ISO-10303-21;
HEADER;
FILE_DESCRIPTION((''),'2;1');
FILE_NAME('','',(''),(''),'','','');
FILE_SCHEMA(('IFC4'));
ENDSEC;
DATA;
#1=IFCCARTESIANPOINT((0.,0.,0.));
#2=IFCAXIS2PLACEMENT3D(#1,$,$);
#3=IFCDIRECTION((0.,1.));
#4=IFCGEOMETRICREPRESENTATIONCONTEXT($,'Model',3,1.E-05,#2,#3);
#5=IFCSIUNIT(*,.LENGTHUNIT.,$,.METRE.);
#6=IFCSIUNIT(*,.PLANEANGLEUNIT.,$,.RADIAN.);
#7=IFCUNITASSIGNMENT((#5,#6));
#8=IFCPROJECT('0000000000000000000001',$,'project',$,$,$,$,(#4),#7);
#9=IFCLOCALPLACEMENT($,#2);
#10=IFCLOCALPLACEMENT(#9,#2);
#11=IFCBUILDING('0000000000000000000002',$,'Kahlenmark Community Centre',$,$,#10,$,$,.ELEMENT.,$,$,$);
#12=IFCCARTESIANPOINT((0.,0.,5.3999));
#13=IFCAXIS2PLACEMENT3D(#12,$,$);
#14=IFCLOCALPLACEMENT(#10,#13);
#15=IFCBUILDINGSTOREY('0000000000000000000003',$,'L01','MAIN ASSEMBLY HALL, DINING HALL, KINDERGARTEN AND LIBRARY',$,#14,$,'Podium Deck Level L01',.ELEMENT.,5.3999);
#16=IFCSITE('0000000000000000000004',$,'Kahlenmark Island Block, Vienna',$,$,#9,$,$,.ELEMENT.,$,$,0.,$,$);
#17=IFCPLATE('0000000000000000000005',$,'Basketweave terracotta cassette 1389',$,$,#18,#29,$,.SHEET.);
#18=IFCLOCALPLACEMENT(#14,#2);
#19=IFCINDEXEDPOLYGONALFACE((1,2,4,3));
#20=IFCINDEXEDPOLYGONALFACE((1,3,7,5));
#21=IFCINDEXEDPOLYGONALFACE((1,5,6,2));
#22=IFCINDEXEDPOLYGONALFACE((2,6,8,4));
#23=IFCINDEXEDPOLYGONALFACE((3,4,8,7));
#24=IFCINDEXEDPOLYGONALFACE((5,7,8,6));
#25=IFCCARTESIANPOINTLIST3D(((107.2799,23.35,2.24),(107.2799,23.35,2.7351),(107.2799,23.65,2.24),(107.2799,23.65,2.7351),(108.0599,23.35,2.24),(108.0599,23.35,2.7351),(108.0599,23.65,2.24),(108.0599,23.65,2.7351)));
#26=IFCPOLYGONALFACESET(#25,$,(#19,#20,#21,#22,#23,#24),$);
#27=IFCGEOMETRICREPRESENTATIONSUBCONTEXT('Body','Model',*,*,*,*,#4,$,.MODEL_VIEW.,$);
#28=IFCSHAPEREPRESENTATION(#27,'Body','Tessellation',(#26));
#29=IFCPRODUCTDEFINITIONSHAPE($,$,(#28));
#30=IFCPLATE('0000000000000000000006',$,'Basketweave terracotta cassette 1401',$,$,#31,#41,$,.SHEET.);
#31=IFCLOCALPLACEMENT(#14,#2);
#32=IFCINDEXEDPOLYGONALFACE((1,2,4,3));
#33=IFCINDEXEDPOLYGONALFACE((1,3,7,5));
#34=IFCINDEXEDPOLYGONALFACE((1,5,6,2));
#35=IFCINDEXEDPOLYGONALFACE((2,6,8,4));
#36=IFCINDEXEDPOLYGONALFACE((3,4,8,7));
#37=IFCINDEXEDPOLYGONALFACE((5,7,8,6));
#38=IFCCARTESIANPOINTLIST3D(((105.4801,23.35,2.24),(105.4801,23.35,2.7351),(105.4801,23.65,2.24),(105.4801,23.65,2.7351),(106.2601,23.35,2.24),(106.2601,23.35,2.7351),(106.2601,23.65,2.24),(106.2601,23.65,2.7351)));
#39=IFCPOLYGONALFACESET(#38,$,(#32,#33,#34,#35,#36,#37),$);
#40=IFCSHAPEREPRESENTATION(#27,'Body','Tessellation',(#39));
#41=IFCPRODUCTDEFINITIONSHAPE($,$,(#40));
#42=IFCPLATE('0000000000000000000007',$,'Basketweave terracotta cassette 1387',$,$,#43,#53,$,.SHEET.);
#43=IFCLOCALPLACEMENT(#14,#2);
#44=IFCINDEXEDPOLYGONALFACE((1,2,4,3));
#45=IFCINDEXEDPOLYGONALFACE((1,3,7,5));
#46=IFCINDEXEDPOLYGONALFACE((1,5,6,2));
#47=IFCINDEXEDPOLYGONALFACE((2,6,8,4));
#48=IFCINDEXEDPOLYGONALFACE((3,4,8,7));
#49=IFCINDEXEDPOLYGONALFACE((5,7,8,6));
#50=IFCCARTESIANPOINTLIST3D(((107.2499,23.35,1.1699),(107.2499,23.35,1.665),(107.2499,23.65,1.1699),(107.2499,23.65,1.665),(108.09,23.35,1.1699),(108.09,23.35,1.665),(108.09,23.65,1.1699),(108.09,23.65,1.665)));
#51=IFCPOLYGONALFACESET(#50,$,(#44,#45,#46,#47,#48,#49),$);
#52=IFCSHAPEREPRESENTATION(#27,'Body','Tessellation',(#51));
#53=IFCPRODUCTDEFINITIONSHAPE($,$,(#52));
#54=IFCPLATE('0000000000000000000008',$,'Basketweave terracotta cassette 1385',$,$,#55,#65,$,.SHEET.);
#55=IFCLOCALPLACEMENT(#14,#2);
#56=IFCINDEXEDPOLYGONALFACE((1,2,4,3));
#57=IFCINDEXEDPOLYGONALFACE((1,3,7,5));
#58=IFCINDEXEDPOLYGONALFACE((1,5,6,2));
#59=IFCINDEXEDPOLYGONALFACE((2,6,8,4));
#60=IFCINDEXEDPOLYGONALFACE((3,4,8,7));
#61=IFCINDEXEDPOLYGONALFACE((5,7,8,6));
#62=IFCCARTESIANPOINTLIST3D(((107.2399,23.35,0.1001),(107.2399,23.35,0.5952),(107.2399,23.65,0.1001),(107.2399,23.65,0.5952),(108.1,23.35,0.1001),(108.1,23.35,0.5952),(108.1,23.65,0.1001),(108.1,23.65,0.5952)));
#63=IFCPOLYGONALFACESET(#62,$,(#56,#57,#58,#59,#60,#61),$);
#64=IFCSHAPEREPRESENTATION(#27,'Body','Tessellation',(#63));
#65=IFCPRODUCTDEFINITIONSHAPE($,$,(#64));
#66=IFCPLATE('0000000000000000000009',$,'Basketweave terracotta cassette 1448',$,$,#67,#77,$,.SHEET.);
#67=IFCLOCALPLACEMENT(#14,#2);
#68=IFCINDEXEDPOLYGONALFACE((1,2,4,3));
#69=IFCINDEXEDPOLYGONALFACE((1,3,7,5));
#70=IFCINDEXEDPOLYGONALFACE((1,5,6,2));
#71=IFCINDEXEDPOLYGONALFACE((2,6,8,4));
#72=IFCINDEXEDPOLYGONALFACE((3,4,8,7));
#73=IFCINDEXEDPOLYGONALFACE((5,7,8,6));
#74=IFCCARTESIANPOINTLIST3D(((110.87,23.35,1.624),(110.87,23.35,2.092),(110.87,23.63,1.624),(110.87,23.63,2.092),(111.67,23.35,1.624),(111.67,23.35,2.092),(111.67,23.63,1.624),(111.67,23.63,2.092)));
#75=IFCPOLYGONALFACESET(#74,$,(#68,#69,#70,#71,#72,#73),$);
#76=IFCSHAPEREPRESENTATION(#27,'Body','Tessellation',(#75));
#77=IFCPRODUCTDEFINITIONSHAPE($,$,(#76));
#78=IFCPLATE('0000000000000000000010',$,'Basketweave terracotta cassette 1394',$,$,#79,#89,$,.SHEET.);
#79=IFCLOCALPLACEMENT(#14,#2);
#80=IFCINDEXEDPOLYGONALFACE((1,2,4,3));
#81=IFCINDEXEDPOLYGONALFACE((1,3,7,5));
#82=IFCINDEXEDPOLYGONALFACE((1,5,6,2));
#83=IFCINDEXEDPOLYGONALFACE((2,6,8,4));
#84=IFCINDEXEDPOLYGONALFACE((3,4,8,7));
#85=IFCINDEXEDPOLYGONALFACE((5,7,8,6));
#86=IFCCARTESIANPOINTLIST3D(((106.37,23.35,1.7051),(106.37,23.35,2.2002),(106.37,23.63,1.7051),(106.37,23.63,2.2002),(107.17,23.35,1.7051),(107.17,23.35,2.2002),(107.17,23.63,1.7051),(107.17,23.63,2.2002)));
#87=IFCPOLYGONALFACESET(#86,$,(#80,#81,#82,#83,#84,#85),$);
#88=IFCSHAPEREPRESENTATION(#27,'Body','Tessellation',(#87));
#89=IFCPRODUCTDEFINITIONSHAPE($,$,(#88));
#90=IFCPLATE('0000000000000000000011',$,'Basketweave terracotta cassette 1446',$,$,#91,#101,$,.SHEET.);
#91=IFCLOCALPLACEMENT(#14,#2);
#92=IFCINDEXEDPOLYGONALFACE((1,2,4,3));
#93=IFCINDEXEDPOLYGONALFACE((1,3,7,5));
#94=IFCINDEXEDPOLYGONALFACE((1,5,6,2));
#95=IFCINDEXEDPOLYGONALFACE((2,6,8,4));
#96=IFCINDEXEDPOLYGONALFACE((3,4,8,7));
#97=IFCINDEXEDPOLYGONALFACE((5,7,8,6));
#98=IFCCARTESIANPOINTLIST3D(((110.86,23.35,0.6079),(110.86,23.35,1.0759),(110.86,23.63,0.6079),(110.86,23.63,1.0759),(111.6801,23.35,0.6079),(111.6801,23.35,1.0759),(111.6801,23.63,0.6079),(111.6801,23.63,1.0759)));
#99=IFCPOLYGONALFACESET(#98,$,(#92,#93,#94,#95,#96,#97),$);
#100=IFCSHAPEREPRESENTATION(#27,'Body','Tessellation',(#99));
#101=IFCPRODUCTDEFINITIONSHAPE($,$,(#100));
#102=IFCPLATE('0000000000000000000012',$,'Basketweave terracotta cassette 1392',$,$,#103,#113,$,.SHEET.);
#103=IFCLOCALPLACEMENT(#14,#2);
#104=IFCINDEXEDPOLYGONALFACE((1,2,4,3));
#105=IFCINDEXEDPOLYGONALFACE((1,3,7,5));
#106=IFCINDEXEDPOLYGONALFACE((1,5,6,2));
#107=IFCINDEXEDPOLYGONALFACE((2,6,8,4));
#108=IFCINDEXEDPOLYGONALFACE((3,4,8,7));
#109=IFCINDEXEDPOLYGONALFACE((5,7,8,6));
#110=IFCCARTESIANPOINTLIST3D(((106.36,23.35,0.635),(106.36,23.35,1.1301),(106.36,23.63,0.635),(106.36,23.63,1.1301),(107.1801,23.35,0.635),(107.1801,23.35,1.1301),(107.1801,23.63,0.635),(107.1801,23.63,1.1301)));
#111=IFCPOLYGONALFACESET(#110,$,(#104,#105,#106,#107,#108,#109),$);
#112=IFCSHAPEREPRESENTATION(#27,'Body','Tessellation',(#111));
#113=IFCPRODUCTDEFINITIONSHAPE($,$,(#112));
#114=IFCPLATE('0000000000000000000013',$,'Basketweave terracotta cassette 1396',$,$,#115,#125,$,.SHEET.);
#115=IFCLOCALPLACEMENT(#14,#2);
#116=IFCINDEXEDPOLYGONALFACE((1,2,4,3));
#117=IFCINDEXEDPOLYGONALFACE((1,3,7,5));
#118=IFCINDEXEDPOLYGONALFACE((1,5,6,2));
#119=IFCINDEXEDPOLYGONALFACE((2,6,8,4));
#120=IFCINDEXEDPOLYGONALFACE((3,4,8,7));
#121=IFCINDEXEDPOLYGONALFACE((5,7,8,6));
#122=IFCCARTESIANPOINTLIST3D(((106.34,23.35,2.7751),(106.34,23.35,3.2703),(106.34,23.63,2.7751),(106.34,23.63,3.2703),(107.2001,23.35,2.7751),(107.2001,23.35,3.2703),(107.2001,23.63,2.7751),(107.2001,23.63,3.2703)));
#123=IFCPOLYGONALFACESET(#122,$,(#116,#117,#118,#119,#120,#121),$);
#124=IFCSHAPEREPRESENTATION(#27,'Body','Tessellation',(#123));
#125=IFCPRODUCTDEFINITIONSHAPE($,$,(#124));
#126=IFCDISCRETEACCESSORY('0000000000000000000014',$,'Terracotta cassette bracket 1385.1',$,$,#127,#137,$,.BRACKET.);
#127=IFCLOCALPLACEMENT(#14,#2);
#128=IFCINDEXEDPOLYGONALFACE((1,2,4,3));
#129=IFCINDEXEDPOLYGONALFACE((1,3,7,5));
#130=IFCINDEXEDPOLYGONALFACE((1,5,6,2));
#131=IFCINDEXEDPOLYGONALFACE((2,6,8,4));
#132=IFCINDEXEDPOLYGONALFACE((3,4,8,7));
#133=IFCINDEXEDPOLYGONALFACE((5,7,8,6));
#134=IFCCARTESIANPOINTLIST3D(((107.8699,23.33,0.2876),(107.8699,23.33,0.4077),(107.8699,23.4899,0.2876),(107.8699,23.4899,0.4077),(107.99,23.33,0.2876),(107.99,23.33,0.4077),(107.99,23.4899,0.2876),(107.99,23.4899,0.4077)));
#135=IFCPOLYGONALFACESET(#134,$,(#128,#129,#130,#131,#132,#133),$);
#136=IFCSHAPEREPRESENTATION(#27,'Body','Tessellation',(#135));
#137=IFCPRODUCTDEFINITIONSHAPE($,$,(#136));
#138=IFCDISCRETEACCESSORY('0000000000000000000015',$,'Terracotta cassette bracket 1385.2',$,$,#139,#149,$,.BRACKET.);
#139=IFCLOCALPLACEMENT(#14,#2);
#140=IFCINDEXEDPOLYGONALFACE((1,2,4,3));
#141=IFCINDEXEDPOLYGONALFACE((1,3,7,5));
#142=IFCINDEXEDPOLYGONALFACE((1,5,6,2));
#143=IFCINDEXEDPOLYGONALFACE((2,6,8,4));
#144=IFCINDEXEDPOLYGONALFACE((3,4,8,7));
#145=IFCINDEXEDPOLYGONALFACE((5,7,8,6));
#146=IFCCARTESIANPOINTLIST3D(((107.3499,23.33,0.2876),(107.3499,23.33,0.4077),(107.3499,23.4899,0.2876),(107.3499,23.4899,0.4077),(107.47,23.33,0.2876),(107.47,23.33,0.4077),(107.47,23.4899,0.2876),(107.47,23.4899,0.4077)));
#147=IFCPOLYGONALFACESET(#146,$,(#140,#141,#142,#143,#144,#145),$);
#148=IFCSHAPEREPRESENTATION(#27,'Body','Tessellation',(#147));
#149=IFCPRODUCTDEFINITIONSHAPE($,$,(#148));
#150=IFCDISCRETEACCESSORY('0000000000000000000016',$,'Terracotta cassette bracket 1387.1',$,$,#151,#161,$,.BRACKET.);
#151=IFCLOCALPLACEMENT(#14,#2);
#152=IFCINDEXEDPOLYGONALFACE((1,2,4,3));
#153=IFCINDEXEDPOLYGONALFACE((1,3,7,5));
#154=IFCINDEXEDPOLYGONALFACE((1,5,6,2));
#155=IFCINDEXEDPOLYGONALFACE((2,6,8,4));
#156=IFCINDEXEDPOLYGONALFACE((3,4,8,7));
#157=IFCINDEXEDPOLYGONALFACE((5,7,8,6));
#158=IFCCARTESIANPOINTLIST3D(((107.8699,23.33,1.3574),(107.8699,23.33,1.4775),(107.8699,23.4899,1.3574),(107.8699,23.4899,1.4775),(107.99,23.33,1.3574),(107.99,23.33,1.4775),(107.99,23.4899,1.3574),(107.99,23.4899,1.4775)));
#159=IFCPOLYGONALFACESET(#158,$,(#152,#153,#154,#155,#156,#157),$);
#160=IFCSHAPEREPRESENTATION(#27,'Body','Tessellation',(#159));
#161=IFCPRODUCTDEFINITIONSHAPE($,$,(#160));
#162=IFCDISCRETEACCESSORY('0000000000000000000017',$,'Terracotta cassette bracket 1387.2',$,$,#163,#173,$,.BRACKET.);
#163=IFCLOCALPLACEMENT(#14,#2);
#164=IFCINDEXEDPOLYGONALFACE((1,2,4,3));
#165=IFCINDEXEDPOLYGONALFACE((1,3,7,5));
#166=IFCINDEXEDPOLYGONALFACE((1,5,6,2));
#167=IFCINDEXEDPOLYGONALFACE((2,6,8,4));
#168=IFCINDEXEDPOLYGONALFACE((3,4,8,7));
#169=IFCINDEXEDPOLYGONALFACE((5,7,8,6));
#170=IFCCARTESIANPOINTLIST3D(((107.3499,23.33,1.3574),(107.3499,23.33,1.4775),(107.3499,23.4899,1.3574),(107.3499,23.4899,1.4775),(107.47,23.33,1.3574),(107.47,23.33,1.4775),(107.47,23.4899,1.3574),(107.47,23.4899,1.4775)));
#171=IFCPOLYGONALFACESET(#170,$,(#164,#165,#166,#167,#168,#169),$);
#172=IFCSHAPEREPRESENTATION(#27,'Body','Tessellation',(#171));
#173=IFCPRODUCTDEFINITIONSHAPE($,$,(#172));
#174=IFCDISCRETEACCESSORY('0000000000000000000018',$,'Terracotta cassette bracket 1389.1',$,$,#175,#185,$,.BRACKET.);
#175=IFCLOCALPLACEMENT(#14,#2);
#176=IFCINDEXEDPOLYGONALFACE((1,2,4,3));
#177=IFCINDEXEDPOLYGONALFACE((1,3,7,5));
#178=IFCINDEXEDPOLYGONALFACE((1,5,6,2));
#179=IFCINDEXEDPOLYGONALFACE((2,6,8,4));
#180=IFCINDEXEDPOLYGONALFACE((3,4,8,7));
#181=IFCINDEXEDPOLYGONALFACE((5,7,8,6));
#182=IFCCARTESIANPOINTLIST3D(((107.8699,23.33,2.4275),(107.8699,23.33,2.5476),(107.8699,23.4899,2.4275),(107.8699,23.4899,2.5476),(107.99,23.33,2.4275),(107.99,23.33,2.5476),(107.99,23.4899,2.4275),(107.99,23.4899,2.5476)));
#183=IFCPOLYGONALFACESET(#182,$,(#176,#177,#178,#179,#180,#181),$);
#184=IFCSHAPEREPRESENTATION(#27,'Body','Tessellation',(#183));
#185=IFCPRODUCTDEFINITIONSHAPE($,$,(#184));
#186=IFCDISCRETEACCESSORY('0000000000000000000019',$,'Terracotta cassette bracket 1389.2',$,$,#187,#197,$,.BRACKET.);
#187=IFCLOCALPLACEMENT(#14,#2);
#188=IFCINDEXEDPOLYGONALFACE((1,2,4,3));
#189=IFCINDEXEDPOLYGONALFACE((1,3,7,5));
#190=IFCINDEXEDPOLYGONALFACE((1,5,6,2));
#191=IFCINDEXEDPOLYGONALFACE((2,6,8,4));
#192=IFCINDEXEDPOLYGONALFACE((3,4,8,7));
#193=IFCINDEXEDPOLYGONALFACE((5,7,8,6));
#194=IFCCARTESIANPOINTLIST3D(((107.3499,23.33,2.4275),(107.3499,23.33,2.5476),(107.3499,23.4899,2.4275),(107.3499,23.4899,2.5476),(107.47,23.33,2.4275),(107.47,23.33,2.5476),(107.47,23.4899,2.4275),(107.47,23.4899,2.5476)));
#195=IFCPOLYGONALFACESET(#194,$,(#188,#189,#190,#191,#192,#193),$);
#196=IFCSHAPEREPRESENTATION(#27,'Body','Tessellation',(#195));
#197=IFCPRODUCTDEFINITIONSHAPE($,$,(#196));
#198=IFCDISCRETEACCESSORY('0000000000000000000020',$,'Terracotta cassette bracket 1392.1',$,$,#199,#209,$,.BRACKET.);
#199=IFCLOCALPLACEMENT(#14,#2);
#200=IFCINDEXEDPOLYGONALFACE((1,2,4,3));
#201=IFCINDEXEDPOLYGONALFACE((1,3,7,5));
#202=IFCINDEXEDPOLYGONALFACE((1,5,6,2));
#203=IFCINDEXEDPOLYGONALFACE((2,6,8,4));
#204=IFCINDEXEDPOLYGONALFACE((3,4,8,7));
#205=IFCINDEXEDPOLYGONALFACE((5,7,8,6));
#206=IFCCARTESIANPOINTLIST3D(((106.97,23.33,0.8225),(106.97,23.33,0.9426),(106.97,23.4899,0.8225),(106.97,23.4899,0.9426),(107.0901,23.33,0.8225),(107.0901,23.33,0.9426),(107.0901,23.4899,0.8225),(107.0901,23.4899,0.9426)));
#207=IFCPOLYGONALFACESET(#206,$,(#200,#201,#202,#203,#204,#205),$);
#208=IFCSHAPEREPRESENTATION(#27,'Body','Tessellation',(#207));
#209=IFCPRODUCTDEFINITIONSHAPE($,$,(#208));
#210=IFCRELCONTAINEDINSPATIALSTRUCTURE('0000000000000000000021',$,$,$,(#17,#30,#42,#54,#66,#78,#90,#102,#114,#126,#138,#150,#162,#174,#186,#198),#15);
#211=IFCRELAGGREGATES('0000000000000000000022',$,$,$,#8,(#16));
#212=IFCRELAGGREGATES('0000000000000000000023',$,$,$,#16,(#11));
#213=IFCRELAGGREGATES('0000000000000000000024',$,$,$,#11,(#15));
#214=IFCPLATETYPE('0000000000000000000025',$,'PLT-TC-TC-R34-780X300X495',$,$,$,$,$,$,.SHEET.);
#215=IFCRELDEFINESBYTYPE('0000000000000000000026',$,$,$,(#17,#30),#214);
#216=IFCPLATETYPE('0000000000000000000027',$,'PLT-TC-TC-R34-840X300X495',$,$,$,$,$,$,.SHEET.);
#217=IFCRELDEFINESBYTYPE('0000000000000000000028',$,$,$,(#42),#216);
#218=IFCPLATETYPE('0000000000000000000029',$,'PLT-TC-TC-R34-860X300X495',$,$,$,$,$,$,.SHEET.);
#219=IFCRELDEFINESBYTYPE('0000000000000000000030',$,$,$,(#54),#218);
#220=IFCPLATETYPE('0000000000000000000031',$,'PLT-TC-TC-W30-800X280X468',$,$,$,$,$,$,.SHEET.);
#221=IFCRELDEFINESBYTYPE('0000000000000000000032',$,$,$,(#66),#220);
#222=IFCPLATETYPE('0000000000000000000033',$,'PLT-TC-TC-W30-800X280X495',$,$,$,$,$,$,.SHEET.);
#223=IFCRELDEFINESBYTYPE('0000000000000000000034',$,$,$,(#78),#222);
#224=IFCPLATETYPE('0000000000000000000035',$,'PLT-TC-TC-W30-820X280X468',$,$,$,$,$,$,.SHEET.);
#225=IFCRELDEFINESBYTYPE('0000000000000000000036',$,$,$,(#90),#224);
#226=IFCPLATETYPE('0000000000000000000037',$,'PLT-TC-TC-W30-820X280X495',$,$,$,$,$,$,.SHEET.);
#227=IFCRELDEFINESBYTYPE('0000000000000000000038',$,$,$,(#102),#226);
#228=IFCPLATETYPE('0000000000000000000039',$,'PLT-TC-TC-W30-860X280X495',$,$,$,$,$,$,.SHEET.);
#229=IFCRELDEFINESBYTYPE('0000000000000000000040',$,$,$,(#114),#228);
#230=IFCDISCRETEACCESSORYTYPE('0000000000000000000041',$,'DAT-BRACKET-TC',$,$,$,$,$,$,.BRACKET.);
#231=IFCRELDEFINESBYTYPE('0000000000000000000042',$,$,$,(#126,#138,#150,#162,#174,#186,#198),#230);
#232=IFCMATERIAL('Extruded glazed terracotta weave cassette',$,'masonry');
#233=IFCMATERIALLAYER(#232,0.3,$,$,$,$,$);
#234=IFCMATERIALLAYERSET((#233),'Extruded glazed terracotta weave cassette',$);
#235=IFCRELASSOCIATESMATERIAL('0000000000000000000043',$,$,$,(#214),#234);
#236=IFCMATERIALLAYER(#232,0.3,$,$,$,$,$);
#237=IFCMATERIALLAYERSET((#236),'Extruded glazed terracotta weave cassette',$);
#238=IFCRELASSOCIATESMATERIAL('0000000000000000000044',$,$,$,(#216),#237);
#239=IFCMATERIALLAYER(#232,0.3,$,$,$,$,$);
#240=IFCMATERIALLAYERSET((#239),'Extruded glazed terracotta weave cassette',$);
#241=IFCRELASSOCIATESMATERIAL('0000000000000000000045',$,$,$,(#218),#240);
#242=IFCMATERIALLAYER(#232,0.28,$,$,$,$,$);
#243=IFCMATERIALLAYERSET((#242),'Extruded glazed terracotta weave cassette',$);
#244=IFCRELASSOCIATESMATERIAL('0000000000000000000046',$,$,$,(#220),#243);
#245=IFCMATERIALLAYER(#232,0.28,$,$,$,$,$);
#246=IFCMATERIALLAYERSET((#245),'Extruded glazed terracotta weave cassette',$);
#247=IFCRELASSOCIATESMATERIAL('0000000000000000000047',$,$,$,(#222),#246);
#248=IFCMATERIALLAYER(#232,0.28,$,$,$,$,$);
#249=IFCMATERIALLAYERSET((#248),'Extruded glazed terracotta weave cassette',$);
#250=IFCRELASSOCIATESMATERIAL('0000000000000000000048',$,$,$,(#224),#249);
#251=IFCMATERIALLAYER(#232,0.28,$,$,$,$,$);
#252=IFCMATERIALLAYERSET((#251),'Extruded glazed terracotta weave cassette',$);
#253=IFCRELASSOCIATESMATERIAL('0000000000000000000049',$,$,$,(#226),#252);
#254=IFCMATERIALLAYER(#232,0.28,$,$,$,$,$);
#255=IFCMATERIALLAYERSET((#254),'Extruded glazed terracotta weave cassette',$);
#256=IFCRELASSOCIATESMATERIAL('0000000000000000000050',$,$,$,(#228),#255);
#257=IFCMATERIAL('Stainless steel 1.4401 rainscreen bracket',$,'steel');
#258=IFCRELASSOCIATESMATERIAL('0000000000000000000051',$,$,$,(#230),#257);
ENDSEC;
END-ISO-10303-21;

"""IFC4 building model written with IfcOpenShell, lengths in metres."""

from ifc_helpers import new_model, si_unit, direction, frame, origin, origin_2d, place, context, subcontext, project, spatial, rectangle, extrude, material, layer, layer_set, type_object, element, save


model = new_model("IFC4")

# Units and contexts
model_context = context("Model", 3, precision=1e-05, world=origin(), true_north=direction((0.0, 1.0)))
body_context = subcontext(model_context, "Body", "Model", "MODEL_VIEW")
ifc_project = project(units=[si_unit("LENGTHUNIT", "METRE"), si_unit("PLANEANGLEUNIT", "RADIAN")], contexts=[model_context])

# Site, building, storey
site_placement = place(None, origin())
site = spatial("IfcSite", under=ifc_project, at=site_placement, Name="Kahlenmark Island Block, Vienna", CompositionType="ELEMENT", RefElevation=0.0)
building_placement = place(site_placement, origin())
building = spatial("IfcBuilding", under=site, at=building_placement, Name="Kahlenmark Community Centre", CompositionType="ELEMENT")
storey_placement = place(building_placement, frame((0.0, 0.0, 5.3999)))
storey = spatial("IfcBuildingStorey", under=building, at=storey_placement, Name="L01", Description="MAIN ASSEMBLY HALL, DINING HALL, KINDERGARTEN AND LIBRARY", LongName="Podium Deck Level L01", CompositionType="ELEMENT", Elevation=5.3999)

# Plates
ifc_material_1 = material(Name="Extruded glazed terracotta weave cassette", Category="masonry")
ifc_layer_1 = layer(ifc_material_1, 0.3)
ifc_layer_set_1 = layer_set([ifc_layer_1], Name="Extruded glazed terracotta weave cassette")
plate_type_1 = type_object("IfcPlateType", Name="PLT-TC-TC-R34-780X300X495", PredefinedType="SHEET", material=ifc_layer_set_1)
for number, where, z_axis, x_axis, name in (
    (1, (107.6699, 23.5, 2.24), (0.0, 0.0, 1.0), (-1.0, 0.0, 0.0), "Basketweave terracotta cassette 1389"),
    (2, (105.8701, 23.5, 2.24), (0.0, 0.0, 1.0), (-1.0, 0.0, 0.0), "Basketweave terracotta cassette 1401"),
):
    element("IfcPlate", number, at=place(storey_placement, frame(where, z_axis=z_axis, x_axis=x_axis)), inside=storey, type_object=plate_type_1, Name=name, PredefinedType="SHEET", context=body_context, shape_type="SweptSolid", body=[
        extrude(rectangle(XDim=0.78, YDim=0.3, at=origin_2d()), origin(), (0.0, 0.0, 1.0), 0.4951),
    ])
ifc_layer_2 = layer(ifc_material_1, 0.3)
ifc_layer_set_2 = layer_set([ifc_layer_2], Name="Extruded glazed terracotta weave cassette")
plate_type_2 = type_object("IfcPlateType", Name="PLT-TC-TC-R34-840X300X495", PredefinedType="SHEET", material=ifc_layer_set_2)
plate_1_placement = place(storey_placement, frame((107.6699, 23.5, 1.1699), z_axis=(0.0, 0.0, 1.0), x_axis=(-1.0, 0.0, 0.0)))
element("IfcPlate", 3, at=plate_1_placement, inside=storey, type_object=plate_type_2, Name="Basketweave terracotta cassette 1387", PredefinedType="SHEET", context=body_context, shape_type="SweptSolid", body=[
    extrude(rectangle(XDim=0.8401, YDim=0.3, at=origin_2d()), origin(), (0.0, 0.0, 1.0), 0.4951),
])
ifc_layer_3 = layer(ifc_material_1, 0.3)
ifc_layer_set_3 = layer_set([ifc_layer_3], Name="Extruded glazed terracotta weave cassette")
plate_type_3 = type_object("IfcPlateType", Name="PLT-TC-TC-R34-860X300X495", PredefinedType="SHEET", material=ifc_layer_set_3)
plate_2_placement = place(storey_placement, frame((107.6699, 23.5, 0.1001), z_axis=(0.0, 0.0, 1.0), x_axis=(-1.0, 0.0, 0.0)))
element("IfcPlate", 4, at=plate_2_placement, inside=storey, type_object=plate_type_3, Name="Basketweave terracotta cassette 1385", PredefinedType="SHEET", context=body_context, shape_type="SweptSolid", body=[
    extrude(rectangle(XDim=0.8601, YDim=0.3, at=origin_2d()), origin(), (0.0, 0.0, 1.0), 0.4951),
])
ifc_layer_4 = layer(ifc_material_1, 0.28)
ifc_layer_set_4 = layer_set([ifc_layer_4], Name="Extruded glazed terracotta weave cassette")
plate_type_4 = type_object("IfcPlateType", Name="PLT-TC-TC-W30-800X280X468", PredefinedType="SHEET", material=ifc_layer_set_4)
plate_3_placement = place(storey_placement, frame((111.27, 23.49, 1.624), z_axis=(0.0, 0.0, 1.0), x_axis=(-1.0, 0.0, 0.0)))
element("IfcPlate", 5, at=plate_3_placement, inside=storey, type_object=plate_type_4, Name="Basketweave terracotta cassette 1448", PredefinedType="SHEET", context=body_context, shape_type="SweptSolid", body=[
    extrude(rectangle(XDim=0.8, YDim=0.28, at=origin_2d()), origin(), (0.0, 0.0, 1.0), 0.468),
])
ifc_layer_5 = layer(ifc_material_1, 0.28)
ifc_layer_set_5 = layer_set([ifc_layer_5], Name="Extruded glazed terracotta weave cassette")
plate_type_5 = type_object("IfcPlateType", Name="PLT-TC-TC-W30-800X280X495", PredefinedType="SHEET", material=ifc_layer_set_5)
plate_4_placement = place(storey_placement, frame((106.77, 23.49, 1.7051), z_axis=(0.0, 0.0, 1.0), x_axis=(-1.0, 0.0, 0.0)))
element("IfcPlate", 6, at=plate_4_placement, inside=storey, type_object=plate_type_5, Name="Basketweave terracotta cassette 1394", PredefinedType="SHEET", context=body_context, shape_type="SweptSolid", body=[
    extrude(rectangle(XDim=0.8, YDim=0.28, at=origin_2d()), origin(), (0.0, 0.0, 1.0), 0.4951),
])
ifc_layer_6 = layer(ifc_material_1, 0.28)
ifc_layer_set_6 = layer_set([ifc_layer_6], Name="Extruded glazed terracotta weave cassette")
plate_type_6 = type_object("IfcPlateType", Name="PLT-TC-TC-W30-820X280X468", PredefinedType="SHEET", material=ifc_layer_set_6)
plate_5_placement = place(storey_placement, frame((111.27, 23.49, 0.6079), z_axis=(0.0, 0.0, 1.0), x_axis=(-1.0, 0.0, 0.0)))
element("IfcPlate", 7, at=plate_5_placement, inside=storey, type_object=plate_type_6, Name="Basketweave terracotta cassette 1446", PredefinedType="SHEET", context=body_context, shape_type="SweptSolid", body=[
    extrude(rectangle(XDim=0.8201, YDim=0.28, at=origin_2d()), origin(), (0.0, 0.0, 1.0), 0.468),
])
ifc_layer_7 = layer(ifc_material_1, 0.28)
ifc_layer_set_7 = layer_set([ifc_layer_7], Name="Extruded glazed terracotta weave cassette")
plate_type_7 = type_object("IfcPlateType", Name="PLT-TC-TC-W30-820X280X495", PredefinedType="SHEET", material=ifc_layer_set_7)
plate_6_placement = place(storey_placement, frame((106.77, 23.49, 0.635), z_axis=(0.0, 0.0, 1.0), x_axis=(-1.0, 0.0, 0.0)))
element("IfcPlate", 8, at=plate_6_placement, inside=storey, type_object=plate_type_7, Name="Basketweave terracotta cassette 1392", PredefinedType="SHEET", context=body_context, shape_type="SweptSolid", body=[
    extrude(rectangle(XDim=0.8201, YDim=0.28, at=origin_2d()), origin(), (0.0, 0.0, 1.0), 0.4951),
])
ifc_layer_8 = layer(ifc_material_1, 0.28)
ifc_layer_set_8 = layer_set([ifc_layer_8], Name="Extruded glazed terracotta weave cassette")
plate_type_8 = type_object("IfcPlateType", Name="PLT-TC-TC-W30-860X280X495", PredefinedType="SHEET", material=ifc_layer_set_8)
plate_7_placement = place(storey_placement, frame((106.77, 23.49, 2.7751), z_axis=(0.0, 0.0, 1.0), x_axis=(-1.0, 0.0, 0.0)))
element("IfcPlate", 9, at=plate_7_placement, inside=storey, type_object=plate_type_8, Name="Basketweave terracotta cassette 1396", PredefinedType="SHEET", context=body_context, shape_type="SweptSolid", body=[
    extrude(rectangle(XDim=0.8601, YDim=0.28, at=origin_2d()), origin(), (0.0, 0.0, 1.0), 0.4951),
])

# Discrete accessories
ifc_material_2 = material(Name="Stainless steel 1.4401 rainscreen bracket", Category="steel")
discrete_accessory_type = type_object("IfcDiscreteAccessoryType", Name="DAT-BRACKET-TC", PredefinedType="BRACKET", material=ifc_material_2)
for number, where, z_axis, x_axis, name in (
    (10, (107.9299, 23.4099, 0.2876), (0.0, 0.0, 1.0), (-1.0, 0.0, 0.0), "Terracotta cassette bracket 1385.1"),
    (11, (107.4099, 23.4099, 0.2876), (0.0, 0.0, 1.0), (-1.0, 0.0, 0.0), "Terracotta cassette bracket 1385.2"),
    (12, (107.9299, 23.4099, 1.3574), (0.0, 0.0, 1.0), (-1.0, 0.0, 0.0), "Terracotta cassette bracket 1387.1"),
    (13, (107.4099, 23.4099, 1.3574), (0.0, 0.0, 1.0), (-1.0, 0.0, 0.0), "Terracotta cassette bracket 1387.2"),
    (14, (107.9299, 23.4099, 2.4275), (0.0, 0.0, 1.0), (-1.0, 0.0, 0.0), "Terracotta cassette bracket 1389.1"),
    (15, (107.4099, 23.4099, 2.4275), (0.0, 0.0, 1.0), (-1.0, 0.0, 0.0), "Terracotta cassette bracket 1389.2"),
    (16, (107.03, 23.4099, 0.8225), (0.0, 0.0, 1.0), (-1.0, 0.0, 0.0), "Terracotta cassette bracket 1392.1"),
):
    element("IfcDiscreteAccessory", number, at=place(storey_placement, frame(where, z_axis=z_axis, x_axis=x_axis)), inside=storey, type_object=discrete_accessory_type, Name=name, PredefinedType="BRACKET", context=body_context, shape_type="SweptSolid", body=[
        extrude(rectangle(XDim=0.1201, YDim=0.1599, at=origin_2d()), origin(), (0.0, 0.0, 1.0), 0.1201),
    ])

save(model, "model.ifc")
